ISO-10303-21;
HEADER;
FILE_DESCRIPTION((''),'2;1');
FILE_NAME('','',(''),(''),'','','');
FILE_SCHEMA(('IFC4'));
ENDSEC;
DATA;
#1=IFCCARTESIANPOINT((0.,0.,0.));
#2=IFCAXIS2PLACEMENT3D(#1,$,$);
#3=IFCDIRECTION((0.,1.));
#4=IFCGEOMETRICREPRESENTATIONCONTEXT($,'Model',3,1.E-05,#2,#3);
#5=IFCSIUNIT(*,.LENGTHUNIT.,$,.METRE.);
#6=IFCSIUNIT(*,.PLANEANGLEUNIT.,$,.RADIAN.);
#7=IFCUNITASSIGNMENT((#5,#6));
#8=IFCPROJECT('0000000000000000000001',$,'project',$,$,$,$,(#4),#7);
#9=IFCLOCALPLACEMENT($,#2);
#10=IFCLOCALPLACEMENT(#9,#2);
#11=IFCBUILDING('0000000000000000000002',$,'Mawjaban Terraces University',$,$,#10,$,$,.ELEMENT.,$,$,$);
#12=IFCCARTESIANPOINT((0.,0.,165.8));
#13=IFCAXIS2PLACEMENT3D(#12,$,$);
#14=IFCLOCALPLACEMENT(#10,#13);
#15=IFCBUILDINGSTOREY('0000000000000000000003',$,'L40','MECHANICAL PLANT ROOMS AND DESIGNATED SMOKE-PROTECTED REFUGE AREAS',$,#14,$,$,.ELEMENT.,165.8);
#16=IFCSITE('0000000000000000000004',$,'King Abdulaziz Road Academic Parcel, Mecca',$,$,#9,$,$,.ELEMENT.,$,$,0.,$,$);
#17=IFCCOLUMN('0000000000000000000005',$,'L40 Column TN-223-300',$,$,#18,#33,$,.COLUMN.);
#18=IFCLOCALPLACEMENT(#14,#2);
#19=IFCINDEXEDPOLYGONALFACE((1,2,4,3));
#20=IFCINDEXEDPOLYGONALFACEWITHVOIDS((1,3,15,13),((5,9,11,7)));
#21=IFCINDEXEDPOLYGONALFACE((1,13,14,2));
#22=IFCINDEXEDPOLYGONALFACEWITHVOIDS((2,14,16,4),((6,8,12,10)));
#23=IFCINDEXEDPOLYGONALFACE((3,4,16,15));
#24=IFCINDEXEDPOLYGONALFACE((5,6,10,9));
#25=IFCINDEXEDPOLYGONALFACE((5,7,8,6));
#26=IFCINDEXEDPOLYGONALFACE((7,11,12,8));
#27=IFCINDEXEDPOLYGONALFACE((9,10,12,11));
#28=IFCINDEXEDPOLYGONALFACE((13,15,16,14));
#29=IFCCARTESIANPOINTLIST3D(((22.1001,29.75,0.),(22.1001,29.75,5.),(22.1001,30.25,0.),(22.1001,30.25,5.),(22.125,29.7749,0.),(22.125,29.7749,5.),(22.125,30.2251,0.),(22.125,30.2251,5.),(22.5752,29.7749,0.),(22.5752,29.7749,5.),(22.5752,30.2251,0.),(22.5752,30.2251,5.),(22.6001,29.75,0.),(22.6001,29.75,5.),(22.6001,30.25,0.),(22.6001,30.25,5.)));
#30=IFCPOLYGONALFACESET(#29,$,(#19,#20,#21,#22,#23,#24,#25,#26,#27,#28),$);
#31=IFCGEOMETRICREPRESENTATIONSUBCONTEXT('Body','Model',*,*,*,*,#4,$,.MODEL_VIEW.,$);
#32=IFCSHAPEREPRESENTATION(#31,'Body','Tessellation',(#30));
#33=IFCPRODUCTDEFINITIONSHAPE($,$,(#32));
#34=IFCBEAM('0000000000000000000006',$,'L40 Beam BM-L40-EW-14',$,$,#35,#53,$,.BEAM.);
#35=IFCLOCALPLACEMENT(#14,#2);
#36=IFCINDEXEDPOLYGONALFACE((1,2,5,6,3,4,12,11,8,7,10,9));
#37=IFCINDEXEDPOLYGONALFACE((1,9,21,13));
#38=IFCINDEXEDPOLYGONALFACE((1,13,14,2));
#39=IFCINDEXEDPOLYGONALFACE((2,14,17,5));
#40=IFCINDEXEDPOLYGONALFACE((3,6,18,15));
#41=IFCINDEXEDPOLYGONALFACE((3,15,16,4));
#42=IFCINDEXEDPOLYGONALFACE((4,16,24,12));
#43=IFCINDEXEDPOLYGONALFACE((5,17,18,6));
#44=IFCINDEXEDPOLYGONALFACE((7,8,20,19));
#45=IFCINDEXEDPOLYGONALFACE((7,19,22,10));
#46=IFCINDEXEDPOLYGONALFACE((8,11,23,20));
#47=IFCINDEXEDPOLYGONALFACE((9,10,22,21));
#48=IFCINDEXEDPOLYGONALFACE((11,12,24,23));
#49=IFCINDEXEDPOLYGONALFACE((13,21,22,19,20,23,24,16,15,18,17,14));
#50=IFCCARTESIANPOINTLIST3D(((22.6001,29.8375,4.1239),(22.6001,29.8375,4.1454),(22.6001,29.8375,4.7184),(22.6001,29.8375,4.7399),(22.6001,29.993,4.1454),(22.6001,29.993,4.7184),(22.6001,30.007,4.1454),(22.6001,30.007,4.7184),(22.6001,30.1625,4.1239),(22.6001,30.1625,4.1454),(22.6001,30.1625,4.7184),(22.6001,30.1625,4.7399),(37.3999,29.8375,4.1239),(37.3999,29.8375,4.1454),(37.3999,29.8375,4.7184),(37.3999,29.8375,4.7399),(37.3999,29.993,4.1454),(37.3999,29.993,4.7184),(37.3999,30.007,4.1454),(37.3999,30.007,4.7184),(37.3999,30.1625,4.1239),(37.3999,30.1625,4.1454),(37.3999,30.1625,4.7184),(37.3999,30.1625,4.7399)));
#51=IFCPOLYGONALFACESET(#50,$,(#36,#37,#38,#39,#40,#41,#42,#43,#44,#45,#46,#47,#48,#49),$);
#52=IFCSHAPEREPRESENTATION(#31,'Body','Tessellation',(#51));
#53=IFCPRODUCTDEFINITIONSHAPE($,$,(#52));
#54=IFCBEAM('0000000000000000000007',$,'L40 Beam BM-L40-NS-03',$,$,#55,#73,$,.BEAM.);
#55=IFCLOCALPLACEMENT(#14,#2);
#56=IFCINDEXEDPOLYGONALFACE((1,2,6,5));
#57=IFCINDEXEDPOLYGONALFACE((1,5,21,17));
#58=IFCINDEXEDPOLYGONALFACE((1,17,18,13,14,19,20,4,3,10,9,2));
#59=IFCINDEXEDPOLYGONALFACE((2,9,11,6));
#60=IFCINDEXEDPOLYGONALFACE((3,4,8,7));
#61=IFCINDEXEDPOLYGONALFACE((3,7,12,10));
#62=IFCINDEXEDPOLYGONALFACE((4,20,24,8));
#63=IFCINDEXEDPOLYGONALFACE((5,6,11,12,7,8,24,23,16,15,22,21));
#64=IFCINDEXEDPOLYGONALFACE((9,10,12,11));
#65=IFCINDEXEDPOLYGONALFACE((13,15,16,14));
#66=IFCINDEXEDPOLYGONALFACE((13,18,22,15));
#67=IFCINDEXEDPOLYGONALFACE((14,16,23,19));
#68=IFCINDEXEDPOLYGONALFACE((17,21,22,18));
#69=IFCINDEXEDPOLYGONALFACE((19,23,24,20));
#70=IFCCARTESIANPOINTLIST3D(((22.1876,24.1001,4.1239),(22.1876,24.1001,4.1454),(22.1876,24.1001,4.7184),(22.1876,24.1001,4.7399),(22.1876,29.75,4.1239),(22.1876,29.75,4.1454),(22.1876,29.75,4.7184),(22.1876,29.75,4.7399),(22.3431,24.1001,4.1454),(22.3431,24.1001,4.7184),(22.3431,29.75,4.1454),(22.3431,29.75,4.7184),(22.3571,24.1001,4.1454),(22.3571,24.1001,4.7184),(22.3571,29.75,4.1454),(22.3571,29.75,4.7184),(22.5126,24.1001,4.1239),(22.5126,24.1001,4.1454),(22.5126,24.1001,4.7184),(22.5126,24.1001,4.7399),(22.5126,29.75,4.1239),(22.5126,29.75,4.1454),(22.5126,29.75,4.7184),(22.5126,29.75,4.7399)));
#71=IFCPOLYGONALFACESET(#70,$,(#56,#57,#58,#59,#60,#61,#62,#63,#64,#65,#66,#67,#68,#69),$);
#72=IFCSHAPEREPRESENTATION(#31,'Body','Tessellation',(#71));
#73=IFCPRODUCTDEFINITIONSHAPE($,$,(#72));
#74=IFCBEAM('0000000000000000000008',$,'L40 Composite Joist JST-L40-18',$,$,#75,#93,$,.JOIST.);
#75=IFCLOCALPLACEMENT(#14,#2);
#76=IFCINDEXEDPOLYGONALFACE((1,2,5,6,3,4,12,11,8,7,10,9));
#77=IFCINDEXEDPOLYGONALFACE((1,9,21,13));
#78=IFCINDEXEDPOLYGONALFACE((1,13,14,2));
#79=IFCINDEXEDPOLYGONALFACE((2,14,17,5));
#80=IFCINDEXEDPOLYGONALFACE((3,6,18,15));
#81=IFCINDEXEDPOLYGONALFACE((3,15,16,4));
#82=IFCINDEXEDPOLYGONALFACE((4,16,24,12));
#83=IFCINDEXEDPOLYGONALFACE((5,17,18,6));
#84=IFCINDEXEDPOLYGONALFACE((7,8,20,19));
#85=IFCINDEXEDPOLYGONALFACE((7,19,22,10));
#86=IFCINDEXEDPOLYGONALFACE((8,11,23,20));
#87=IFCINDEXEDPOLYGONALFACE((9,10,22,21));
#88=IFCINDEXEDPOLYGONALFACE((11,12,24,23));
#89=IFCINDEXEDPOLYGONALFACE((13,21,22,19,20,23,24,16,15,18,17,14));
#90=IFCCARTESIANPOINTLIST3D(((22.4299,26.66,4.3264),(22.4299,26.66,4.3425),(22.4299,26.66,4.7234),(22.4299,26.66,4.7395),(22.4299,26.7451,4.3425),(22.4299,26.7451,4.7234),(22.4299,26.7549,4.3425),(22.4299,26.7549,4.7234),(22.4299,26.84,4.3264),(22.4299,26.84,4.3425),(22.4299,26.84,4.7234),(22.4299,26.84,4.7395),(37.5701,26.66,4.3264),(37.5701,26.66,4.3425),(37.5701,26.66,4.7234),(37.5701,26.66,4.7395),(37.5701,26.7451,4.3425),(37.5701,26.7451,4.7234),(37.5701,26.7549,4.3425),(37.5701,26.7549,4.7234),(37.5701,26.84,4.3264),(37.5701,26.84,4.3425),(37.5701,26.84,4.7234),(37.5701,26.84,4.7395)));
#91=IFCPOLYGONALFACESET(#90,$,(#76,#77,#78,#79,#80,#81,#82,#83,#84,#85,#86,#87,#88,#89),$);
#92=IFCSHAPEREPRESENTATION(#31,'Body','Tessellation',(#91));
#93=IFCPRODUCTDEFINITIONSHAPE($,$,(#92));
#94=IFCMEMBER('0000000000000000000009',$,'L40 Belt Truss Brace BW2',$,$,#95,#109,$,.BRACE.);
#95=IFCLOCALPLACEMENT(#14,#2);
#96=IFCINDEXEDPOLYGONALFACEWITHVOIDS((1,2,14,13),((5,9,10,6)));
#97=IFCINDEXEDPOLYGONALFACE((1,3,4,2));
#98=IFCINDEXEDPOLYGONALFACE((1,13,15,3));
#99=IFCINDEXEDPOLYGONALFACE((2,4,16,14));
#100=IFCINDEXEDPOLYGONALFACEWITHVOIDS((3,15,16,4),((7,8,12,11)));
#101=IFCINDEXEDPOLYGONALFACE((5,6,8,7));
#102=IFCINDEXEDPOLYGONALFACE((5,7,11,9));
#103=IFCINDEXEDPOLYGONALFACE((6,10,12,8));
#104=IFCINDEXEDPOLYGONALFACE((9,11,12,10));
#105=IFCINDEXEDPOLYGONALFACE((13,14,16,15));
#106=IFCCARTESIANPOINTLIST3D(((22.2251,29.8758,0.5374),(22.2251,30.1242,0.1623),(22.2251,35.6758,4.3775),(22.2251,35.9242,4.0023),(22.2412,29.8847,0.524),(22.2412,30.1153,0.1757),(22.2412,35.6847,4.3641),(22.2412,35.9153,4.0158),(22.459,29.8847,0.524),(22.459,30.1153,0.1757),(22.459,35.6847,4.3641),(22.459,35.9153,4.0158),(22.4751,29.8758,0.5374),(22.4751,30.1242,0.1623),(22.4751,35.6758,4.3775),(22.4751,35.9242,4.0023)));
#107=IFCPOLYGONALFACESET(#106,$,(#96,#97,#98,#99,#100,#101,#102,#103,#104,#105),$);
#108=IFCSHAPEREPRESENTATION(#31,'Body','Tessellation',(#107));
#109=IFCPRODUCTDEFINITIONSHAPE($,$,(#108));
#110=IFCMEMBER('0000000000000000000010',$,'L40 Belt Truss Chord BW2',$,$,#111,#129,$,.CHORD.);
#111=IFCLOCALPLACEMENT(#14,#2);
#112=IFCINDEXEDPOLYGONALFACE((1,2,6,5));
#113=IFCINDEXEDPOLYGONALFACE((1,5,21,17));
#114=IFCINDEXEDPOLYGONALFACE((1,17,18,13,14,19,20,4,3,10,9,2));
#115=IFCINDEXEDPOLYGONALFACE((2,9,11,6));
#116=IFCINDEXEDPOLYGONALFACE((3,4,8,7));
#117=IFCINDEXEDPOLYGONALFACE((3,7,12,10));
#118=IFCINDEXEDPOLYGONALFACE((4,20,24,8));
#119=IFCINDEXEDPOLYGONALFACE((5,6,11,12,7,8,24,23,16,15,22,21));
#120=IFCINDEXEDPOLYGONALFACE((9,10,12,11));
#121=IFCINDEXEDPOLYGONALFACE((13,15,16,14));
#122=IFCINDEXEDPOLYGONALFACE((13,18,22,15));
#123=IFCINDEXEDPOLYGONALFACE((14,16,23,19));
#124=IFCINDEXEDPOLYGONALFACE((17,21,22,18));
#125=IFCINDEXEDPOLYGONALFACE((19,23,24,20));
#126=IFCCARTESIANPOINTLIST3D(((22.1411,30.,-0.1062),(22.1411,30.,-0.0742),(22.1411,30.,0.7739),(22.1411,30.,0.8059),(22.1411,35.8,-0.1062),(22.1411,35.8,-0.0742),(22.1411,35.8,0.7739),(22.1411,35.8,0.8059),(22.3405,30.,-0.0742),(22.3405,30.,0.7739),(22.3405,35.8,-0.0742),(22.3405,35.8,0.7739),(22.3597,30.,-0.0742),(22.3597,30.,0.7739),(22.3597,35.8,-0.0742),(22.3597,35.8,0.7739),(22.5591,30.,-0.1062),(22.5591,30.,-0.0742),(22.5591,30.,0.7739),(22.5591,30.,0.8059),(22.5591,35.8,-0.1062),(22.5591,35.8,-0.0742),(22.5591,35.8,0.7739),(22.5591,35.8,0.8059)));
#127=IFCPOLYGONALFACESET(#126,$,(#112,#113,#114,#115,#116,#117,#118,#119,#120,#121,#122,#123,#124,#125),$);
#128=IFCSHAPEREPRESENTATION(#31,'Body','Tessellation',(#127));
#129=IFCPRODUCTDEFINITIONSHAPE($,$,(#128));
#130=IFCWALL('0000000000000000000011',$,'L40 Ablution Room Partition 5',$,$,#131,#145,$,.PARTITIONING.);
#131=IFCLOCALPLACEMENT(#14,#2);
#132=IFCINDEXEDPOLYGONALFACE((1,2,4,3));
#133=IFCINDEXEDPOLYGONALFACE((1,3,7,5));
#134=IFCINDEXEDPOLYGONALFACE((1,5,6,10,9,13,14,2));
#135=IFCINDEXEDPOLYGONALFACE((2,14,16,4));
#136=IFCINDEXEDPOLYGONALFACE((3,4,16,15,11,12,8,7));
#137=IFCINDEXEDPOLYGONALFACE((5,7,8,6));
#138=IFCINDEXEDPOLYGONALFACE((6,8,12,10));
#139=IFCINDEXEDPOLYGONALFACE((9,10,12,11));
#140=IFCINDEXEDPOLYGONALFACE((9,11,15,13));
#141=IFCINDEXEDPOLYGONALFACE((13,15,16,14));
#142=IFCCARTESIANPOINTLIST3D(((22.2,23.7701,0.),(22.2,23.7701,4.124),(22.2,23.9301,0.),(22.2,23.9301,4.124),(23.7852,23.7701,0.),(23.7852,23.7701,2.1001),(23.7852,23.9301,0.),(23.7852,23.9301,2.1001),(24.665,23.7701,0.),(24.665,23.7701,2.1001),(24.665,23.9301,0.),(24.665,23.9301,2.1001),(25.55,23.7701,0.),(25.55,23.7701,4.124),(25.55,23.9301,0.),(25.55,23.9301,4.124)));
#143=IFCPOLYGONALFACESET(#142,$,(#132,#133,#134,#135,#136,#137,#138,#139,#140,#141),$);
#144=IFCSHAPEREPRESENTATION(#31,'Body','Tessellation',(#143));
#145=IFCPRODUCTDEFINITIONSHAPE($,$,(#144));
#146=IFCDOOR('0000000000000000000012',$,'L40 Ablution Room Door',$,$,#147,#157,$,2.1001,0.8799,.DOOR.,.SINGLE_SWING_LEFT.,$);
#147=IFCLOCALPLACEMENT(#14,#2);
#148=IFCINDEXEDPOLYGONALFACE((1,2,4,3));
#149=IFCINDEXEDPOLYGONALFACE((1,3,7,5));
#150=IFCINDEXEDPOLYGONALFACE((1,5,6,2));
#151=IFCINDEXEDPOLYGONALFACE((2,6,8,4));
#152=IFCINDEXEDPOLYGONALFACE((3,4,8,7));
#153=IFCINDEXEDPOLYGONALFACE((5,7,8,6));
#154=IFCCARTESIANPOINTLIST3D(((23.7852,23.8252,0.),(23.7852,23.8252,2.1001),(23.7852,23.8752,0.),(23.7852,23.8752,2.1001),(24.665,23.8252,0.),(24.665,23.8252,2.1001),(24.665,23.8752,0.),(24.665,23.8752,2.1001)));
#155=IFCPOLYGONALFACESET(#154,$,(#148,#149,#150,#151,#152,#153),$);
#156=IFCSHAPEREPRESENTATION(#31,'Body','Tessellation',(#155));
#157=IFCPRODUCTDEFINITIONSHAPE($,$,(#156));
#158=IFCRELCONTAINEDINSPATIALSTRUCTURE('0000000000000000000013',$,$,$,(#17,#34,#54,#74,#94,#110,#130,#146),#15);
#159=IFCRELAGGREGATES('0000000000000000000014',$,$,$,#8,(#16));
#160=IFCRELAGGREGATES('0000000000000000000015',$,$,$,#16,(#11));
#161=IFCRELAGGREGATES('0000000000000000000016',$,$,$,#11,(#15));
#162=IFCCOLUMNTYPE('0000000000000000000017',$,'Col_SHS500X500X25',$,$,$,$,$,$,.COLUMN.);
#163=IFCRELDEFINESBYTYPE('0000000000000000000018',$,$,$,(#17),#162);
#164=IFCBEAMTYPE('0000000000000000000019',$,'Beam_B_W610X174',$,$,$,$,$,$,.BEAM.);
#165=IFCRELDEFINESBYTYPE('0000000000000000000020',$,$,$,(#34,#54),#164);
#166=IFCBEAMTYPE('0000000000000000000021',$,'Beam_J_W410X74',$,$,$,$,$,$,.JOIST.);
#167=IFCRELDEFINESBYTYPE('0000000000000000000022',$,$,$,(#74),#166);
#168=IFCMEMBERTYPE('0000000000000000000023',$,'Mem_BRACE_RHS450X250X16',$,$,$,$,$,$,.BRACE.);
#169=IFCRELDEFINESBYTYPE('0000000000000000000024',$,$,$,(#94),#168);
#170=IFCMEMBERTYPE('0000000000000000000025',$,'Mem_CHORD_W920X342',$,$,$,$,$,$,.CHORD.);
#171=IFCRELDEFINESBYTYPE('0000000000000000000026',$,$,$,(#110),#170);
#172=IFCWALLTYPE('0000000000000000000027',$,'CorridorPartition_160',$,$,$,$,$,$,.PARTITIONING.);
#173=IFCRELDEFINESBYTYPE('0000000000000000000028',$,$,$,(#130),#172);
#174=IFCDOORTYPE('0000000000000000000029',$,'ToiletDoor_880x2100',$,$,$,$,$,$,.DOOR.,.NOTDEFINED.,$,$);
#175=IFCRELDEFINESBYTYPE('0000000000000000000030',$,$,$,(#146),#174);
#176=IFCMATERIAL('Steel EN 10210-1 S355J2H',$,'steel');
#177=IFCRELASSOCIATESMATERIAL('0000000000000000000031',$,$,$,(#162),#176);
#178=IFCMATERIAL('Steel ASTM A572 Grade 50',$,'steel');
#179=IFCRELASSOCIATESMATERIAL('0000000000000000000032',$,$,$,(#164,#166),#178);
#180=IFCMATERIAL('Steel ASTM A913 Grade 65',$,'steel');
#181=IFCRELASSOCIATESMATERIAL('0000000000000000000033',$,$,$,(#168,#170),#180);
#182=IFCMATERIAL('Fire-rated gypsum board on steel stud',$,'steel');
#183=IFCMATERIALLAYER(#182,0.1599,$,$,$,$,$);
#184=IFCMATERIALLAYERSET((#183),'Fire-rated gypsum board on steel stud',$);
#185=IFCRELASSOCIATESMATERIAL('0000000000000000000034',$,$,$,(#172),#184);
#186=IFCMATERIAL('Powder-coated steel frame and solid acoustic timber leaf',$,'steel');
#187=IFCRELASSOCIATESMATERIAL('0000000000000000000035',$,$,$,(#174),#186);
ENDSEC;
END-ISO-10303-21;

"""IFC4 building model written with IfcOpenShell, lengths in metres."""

from ifc_helpers import new_model, si_unit, direction, frame, frame_2d, origin, origin_2d, place, context, subcontext, project, spatial, rectangle, hollow_rectangle, i_section, extrude, material, layer, layer_set, material_profile, profile_set, type_object, element, fill, save


model = new_model("IFC4")

# Units and contexts
model_context = context("Model", 3, precision=1e-05, world=origin(), true_north=direction((0.0, 1.0)))
body_context = subcontext(model_context, "Body", "Model", "MODEL_VIEW")
ifc_project = project(units=[si_unit("LENGTHUNIT", "METRE"), si_unit("PLANEANGLEUNIT", "RADIAN")], contexts=[model_context])

# Site, building, storey
site_placement = place(None, origin())
site = spatial("IfcSite", under=ifc_project, at=site_placement, Name="King Abdulaziz Road Academic Parcel, Mecca", CompositionType="ELEMENT", RefElevation=0.0)
building_placement = place(site_placement, origin())
building = spatial("IfcBuilding", under=site, at=building_placement, Name="Mawjaban Terraces University", CompositionType="ELEMENT")
storey_placement = place(building_placement, frame((0.0, 0.0, 165.8)))
storey = spatial("IfcBuildingStorey", under=building, at=storey_placement, Name="L40", Description="MECHANICAL PLANT ROOMS AND DESIGNATED SMOKE-PROTECTED REFUGE AREAS", CompositionType="ELEMENT", Elevation=165.8)

# Column
ifc_material_1 = material(Name="Steel EN 10210-1 S355J2H", Category="steel")
ifc_material_profile_1 = material_profile(ifc_material_1, hollow_rectangle(XDim=0.5, YDim=0.5, WallThickness=0.0249, at=origin_2d()), Name="SHS500X500X25")
ifc_profile_set_1 = profile_set([ifc_material_profile_1], Name="Steel EN 10210-1 S355J2H")
column_type = type_object("IfcColumnType", Name="Col_SHS500X500X25", PredefinedType="COLUMN", material=ifc_profile_set_1)
column_placement = place(storey_placement, frame((22.3501, 30.0, 0.0), z_axis=(0.0, 0.0, 1.0), x_axis=(1.0, 0.0, 0.0)))
element("IfcColumn", 1, at=column_placement, inside=storey, type_object=column_type, Name="L40 Column TN-223-300", PredefinedType="COLUMN", context=body_context, shape_type="SweptSolid", body=[
    extrude(hollow_rectangle(XDim=0.5, YDim=0.5, WallThickness=0.0249, at=origin_2d()), origin(), (0.0, 0.0, 1.0), 5.0),
])

# Beams
ifc_material_2 = material(Name="Steel ASTM A572 Grade 50", Category="steel")
ifc_material_profile_2 = material_profile(ifc_material_2, i_section(OverallWidth=0.325, OverallDepth=0.616, WebThickness=0.0139, FlangeThickness=0.0215, at=origin_2d()), Name="W610X174")
ifc_profile_set_2 = profile_set([ifc_material_profile_2], Name="Steel ASTM A572 Grade 50")
beam_type_1 = type_object("IfcBeamType", Name="Beam_B_W610X174", PredefinedType="BEAM", material=ifc_profile_set_2)
beam_1_placement = place(storey_placement, frame((22.6001, 30.0, 4.4319), z_axis=(1.0, 0.0, 0.0), x_axis=(0.0, 1.0, 0.0)))
element("IfcBeam", 2, at=beam_1_placement, inside=storey, type_object=beam_type_1, Name="L40 Beam BM-L40-EW-14", PredefinedType="BEAM", context=body_context, shape_type="SweptSolid", body=[
    extrude(i_section(OverallWidth=0.325, OverallDepth=0.616, WebThickness=0.0139, FlangeThickness=0.0215, at=origin_2d()), origin(), (0.0, 0.0, 1.0), 14.7998),
])
beam_2_placement = place(storey_placement, frame((22.3501, 24.1001, 4.4319), z_axis=(0.0, 1.0, 0.0), x_axis=(-1.0, 0.0, 0.0)))
element("IfcBeam", 3, at=beam_2_placement, inside=storey, type_object=beam_type_1, Name="L40 Beam BM-L40-NS-03", PredefinedType="BEAM", context=body_context, shape_type="SweptSolid", body=[
    extrude(i_section(OverallWidth=0.325, OverallDepth=0.616, WebThickness=0.0139, FlangeThickness=0.0215, at=origin_2d()), origin(), (0.0, 0.0, 1.0), 5.6499),
])
ifc_material_profile_3 = material_profile(ifc_material_2, i_section(OverallWidth=0.1799, OverallDepth=0.4131, WebThickness=0.0098, FlangeThickness=0.0161, at=origin_2d()), Name="W410X74")
ifc_profile_set_3 = profile_set([ifc_material_profile_3], Name="Steel ASTM A572 Grade 50")
beam_type_2 = type_object("IfcBeamType", Name="Beam_J_W410X74", PredefinedType="JOIST", material=ifc_profile_set_3)
beam_3_placement = place(storey_placement, frame((22.4299, 26.75, 4.533), z_axis=(1.0, 0.0, 0.0), x_axis=(0.0, 1.0, 0.0)))
element("IfcBeam", 4, at=beam_3_placement, inside=storey, type_object=beam_type_2, Name="L40 Composite Joist JST-L40-18", PredefinedType="JOIST", context=body_context, shape_type="SweptSolid", body=[
    extrude(i_section(OverallWidth=0.1799, OverallDepth=0.4131, WebThickness=0.0098, FlangeThickness=0.0161, at=origin_2d()), origin(), (0.0, 0.0, 1.0), 15.1401),
])

# Members
ifc_material_3 = material(Name="Steel ASTM A913 Grade 65", Category="steel")
ifc_material_profile_4 = material_profile(ifc_material_3, hollow_rectangle(XDim=0.25, YDim=0.45, WallThickness=0.0161, at=origin_2d()), Name="RHS450X250X16")
ifc_profile_set_4 = profile_set([ifc_material_profile_4], Name="Steel ASTM A913 Grade 65")
member_type_1 = type_object("IfcMemberType", Name="Mem_BRACE_RHS450X250X16", PredefinedType="BRACE", material=ifc_profile_set_4)
member_1_placement = place(storey_placement, frame((22.3501, 30.0, 0.3499), z_axis=(0.0, 0.833812, 0.552049), x_axis=(-1.0, 0.0, 0.0)))
element("IfcMember", 5, at=member_1_placement, inside=storey, type_object=member_type_1, Name="L40 Belt Truss Brace BW2", PredefinedType="BRACE", context=body_context, shape_type="SweptSolid", body=[
    extrude(hollow_rectangle(XDim=0.25, YDim=0.45, WallThickness=0.0161, at=origin_2d()), origin(), (0.0, 0.0, 1.0), 6.9561),
])
ifc_material_profile_5 = material_profile(ifc_material_3, i_section(OverallWidth=0.418, OverallDepth=0.9121, WebThickness=0.0193, FlangeThickness=0.032, at=origin_2d()), Name="W920X342")
ifc_profile_set_5 = profile_set([ifc_material_profile_5], Name="Steel ASTM A913 Grade 65")
member_type_2 = type_object("IfcMemberType", Name="Mem_CHORD_W920X342", PredefinedType="CHORD", material=ifc_profile_set_5)
member_2_placement = place(storey_placement, frame((22.3501, 30.0, 0.3499), z_axis=(0.0, 1.0, 0.0), x_axis=(-1.0, 0.0, 0.0)))
element("IfcMember", 6, at=member_2_placement, inside=storey, type_object=member_type_2, Name="L40 Belt Truss Chord BW2", PredefinedType="CHORD", context=body_context, shape_type="SweptSolid", body=[
    extrude(i_section(OverallWidth=0.418, OverallDepth=0.9121, WebThickness=0.0193, FlangeThickness=0.032, at=origin_2d()), origin(), (0.0, 0.0, 1.0), 5.8),
])

# Wall, opening, door
ifc_material_4 = material(Name="Fire-rated gypsum board on steel stud", Category="steel")
ifc_layer_1 = layer(ifc_material_4, 0.1599)
ifc_layer_set_1 = layer_set([ifc_layer_1], Name="Fire-rated gypsum board on steel stud")
wall_type_1 = type_object("IfcWallType", Name="CorridorPartition_160", PredefinedType="PARTITIONING", material=ifc_layer_set_1)
wall_1_placement = place(storey_placement, frame((25.55, 23.8501, 0.0), z_axis=(0.0, 0.0, 1.0), x_axis=(-1.0, 0.0, 0.0)))
wall_1 = element("IfcWall", 7, at=wall_1_placement, inside=storey, type_object=wall_type_1, Name="L40 Ablution Room Partition 5", PredefinedType="PARTITIONING", context=body_context, shape_type="SweptSolid", body=[
    extrude(rectangle(XDim=3.3501, YDim=0.1599, at=frame_2d((1.675, 0.0))), origin(), (0.0, 0.0, 1.0), 4.124),
])
opening_1_placement = place(wall_1_placement, frame((0.885, 0.0, 0.0)))
opening_1 = element("IfcOpeningElement", 8, at=opening_1_placement, cuts=wall_1, PredefinedType="OPENING", context=body_context, shape_type="SweptSolid", body=[
    extrude(rectangle(XDim=0.8799, YDim=2.1001, at=frame_2d((0.4399, 1.05))), frame((0.0, 0.0898, 0.0), z_axis=(0.0, -1.0, 0.0), x_axis=(1.0, 0.0, 0.0)), (0.0, 0.0, 1.0), 0.1799),
])
ifc_material_5 = material(Name="Powder-coated steel frame and solid acoustic timber leaf", Category="steel")
door_type_1 = type_object("IfcDoorType", Name="ToiletDoor_880x2100", OperationType="NOTDEFINED", PredefinedType="DOOR", material=ifc_material_5)
door_1_placement = place(opening_1_placement, origin())
door_1 = element("IfcDoor", 9, at=door_1_placement, inside=storey, type_object=door_type_1, Name="L40 Ablution Room Door", OperationType="SINGLE_SWING_LEFT", OverallHeight=2.1001, OverallWidth=0.8799, PredefinedType="DOOR", context=body_context, shape_type="SweptSolid", body=[
    extrude(rectangle(XDim=0.8799, YDim=2.1001, at=frame_2d((0.4399, 1.05))), frame((0.0, 0.0249, 0.0), z_axis=(0.0, -1.0, 0.0), x_axis=(1.0, 0.0, 0.0)), (0.0, 0.0, 1.0), 0.05),
])
fill(opening_1, door_1)

save(model, "model.ifc")
